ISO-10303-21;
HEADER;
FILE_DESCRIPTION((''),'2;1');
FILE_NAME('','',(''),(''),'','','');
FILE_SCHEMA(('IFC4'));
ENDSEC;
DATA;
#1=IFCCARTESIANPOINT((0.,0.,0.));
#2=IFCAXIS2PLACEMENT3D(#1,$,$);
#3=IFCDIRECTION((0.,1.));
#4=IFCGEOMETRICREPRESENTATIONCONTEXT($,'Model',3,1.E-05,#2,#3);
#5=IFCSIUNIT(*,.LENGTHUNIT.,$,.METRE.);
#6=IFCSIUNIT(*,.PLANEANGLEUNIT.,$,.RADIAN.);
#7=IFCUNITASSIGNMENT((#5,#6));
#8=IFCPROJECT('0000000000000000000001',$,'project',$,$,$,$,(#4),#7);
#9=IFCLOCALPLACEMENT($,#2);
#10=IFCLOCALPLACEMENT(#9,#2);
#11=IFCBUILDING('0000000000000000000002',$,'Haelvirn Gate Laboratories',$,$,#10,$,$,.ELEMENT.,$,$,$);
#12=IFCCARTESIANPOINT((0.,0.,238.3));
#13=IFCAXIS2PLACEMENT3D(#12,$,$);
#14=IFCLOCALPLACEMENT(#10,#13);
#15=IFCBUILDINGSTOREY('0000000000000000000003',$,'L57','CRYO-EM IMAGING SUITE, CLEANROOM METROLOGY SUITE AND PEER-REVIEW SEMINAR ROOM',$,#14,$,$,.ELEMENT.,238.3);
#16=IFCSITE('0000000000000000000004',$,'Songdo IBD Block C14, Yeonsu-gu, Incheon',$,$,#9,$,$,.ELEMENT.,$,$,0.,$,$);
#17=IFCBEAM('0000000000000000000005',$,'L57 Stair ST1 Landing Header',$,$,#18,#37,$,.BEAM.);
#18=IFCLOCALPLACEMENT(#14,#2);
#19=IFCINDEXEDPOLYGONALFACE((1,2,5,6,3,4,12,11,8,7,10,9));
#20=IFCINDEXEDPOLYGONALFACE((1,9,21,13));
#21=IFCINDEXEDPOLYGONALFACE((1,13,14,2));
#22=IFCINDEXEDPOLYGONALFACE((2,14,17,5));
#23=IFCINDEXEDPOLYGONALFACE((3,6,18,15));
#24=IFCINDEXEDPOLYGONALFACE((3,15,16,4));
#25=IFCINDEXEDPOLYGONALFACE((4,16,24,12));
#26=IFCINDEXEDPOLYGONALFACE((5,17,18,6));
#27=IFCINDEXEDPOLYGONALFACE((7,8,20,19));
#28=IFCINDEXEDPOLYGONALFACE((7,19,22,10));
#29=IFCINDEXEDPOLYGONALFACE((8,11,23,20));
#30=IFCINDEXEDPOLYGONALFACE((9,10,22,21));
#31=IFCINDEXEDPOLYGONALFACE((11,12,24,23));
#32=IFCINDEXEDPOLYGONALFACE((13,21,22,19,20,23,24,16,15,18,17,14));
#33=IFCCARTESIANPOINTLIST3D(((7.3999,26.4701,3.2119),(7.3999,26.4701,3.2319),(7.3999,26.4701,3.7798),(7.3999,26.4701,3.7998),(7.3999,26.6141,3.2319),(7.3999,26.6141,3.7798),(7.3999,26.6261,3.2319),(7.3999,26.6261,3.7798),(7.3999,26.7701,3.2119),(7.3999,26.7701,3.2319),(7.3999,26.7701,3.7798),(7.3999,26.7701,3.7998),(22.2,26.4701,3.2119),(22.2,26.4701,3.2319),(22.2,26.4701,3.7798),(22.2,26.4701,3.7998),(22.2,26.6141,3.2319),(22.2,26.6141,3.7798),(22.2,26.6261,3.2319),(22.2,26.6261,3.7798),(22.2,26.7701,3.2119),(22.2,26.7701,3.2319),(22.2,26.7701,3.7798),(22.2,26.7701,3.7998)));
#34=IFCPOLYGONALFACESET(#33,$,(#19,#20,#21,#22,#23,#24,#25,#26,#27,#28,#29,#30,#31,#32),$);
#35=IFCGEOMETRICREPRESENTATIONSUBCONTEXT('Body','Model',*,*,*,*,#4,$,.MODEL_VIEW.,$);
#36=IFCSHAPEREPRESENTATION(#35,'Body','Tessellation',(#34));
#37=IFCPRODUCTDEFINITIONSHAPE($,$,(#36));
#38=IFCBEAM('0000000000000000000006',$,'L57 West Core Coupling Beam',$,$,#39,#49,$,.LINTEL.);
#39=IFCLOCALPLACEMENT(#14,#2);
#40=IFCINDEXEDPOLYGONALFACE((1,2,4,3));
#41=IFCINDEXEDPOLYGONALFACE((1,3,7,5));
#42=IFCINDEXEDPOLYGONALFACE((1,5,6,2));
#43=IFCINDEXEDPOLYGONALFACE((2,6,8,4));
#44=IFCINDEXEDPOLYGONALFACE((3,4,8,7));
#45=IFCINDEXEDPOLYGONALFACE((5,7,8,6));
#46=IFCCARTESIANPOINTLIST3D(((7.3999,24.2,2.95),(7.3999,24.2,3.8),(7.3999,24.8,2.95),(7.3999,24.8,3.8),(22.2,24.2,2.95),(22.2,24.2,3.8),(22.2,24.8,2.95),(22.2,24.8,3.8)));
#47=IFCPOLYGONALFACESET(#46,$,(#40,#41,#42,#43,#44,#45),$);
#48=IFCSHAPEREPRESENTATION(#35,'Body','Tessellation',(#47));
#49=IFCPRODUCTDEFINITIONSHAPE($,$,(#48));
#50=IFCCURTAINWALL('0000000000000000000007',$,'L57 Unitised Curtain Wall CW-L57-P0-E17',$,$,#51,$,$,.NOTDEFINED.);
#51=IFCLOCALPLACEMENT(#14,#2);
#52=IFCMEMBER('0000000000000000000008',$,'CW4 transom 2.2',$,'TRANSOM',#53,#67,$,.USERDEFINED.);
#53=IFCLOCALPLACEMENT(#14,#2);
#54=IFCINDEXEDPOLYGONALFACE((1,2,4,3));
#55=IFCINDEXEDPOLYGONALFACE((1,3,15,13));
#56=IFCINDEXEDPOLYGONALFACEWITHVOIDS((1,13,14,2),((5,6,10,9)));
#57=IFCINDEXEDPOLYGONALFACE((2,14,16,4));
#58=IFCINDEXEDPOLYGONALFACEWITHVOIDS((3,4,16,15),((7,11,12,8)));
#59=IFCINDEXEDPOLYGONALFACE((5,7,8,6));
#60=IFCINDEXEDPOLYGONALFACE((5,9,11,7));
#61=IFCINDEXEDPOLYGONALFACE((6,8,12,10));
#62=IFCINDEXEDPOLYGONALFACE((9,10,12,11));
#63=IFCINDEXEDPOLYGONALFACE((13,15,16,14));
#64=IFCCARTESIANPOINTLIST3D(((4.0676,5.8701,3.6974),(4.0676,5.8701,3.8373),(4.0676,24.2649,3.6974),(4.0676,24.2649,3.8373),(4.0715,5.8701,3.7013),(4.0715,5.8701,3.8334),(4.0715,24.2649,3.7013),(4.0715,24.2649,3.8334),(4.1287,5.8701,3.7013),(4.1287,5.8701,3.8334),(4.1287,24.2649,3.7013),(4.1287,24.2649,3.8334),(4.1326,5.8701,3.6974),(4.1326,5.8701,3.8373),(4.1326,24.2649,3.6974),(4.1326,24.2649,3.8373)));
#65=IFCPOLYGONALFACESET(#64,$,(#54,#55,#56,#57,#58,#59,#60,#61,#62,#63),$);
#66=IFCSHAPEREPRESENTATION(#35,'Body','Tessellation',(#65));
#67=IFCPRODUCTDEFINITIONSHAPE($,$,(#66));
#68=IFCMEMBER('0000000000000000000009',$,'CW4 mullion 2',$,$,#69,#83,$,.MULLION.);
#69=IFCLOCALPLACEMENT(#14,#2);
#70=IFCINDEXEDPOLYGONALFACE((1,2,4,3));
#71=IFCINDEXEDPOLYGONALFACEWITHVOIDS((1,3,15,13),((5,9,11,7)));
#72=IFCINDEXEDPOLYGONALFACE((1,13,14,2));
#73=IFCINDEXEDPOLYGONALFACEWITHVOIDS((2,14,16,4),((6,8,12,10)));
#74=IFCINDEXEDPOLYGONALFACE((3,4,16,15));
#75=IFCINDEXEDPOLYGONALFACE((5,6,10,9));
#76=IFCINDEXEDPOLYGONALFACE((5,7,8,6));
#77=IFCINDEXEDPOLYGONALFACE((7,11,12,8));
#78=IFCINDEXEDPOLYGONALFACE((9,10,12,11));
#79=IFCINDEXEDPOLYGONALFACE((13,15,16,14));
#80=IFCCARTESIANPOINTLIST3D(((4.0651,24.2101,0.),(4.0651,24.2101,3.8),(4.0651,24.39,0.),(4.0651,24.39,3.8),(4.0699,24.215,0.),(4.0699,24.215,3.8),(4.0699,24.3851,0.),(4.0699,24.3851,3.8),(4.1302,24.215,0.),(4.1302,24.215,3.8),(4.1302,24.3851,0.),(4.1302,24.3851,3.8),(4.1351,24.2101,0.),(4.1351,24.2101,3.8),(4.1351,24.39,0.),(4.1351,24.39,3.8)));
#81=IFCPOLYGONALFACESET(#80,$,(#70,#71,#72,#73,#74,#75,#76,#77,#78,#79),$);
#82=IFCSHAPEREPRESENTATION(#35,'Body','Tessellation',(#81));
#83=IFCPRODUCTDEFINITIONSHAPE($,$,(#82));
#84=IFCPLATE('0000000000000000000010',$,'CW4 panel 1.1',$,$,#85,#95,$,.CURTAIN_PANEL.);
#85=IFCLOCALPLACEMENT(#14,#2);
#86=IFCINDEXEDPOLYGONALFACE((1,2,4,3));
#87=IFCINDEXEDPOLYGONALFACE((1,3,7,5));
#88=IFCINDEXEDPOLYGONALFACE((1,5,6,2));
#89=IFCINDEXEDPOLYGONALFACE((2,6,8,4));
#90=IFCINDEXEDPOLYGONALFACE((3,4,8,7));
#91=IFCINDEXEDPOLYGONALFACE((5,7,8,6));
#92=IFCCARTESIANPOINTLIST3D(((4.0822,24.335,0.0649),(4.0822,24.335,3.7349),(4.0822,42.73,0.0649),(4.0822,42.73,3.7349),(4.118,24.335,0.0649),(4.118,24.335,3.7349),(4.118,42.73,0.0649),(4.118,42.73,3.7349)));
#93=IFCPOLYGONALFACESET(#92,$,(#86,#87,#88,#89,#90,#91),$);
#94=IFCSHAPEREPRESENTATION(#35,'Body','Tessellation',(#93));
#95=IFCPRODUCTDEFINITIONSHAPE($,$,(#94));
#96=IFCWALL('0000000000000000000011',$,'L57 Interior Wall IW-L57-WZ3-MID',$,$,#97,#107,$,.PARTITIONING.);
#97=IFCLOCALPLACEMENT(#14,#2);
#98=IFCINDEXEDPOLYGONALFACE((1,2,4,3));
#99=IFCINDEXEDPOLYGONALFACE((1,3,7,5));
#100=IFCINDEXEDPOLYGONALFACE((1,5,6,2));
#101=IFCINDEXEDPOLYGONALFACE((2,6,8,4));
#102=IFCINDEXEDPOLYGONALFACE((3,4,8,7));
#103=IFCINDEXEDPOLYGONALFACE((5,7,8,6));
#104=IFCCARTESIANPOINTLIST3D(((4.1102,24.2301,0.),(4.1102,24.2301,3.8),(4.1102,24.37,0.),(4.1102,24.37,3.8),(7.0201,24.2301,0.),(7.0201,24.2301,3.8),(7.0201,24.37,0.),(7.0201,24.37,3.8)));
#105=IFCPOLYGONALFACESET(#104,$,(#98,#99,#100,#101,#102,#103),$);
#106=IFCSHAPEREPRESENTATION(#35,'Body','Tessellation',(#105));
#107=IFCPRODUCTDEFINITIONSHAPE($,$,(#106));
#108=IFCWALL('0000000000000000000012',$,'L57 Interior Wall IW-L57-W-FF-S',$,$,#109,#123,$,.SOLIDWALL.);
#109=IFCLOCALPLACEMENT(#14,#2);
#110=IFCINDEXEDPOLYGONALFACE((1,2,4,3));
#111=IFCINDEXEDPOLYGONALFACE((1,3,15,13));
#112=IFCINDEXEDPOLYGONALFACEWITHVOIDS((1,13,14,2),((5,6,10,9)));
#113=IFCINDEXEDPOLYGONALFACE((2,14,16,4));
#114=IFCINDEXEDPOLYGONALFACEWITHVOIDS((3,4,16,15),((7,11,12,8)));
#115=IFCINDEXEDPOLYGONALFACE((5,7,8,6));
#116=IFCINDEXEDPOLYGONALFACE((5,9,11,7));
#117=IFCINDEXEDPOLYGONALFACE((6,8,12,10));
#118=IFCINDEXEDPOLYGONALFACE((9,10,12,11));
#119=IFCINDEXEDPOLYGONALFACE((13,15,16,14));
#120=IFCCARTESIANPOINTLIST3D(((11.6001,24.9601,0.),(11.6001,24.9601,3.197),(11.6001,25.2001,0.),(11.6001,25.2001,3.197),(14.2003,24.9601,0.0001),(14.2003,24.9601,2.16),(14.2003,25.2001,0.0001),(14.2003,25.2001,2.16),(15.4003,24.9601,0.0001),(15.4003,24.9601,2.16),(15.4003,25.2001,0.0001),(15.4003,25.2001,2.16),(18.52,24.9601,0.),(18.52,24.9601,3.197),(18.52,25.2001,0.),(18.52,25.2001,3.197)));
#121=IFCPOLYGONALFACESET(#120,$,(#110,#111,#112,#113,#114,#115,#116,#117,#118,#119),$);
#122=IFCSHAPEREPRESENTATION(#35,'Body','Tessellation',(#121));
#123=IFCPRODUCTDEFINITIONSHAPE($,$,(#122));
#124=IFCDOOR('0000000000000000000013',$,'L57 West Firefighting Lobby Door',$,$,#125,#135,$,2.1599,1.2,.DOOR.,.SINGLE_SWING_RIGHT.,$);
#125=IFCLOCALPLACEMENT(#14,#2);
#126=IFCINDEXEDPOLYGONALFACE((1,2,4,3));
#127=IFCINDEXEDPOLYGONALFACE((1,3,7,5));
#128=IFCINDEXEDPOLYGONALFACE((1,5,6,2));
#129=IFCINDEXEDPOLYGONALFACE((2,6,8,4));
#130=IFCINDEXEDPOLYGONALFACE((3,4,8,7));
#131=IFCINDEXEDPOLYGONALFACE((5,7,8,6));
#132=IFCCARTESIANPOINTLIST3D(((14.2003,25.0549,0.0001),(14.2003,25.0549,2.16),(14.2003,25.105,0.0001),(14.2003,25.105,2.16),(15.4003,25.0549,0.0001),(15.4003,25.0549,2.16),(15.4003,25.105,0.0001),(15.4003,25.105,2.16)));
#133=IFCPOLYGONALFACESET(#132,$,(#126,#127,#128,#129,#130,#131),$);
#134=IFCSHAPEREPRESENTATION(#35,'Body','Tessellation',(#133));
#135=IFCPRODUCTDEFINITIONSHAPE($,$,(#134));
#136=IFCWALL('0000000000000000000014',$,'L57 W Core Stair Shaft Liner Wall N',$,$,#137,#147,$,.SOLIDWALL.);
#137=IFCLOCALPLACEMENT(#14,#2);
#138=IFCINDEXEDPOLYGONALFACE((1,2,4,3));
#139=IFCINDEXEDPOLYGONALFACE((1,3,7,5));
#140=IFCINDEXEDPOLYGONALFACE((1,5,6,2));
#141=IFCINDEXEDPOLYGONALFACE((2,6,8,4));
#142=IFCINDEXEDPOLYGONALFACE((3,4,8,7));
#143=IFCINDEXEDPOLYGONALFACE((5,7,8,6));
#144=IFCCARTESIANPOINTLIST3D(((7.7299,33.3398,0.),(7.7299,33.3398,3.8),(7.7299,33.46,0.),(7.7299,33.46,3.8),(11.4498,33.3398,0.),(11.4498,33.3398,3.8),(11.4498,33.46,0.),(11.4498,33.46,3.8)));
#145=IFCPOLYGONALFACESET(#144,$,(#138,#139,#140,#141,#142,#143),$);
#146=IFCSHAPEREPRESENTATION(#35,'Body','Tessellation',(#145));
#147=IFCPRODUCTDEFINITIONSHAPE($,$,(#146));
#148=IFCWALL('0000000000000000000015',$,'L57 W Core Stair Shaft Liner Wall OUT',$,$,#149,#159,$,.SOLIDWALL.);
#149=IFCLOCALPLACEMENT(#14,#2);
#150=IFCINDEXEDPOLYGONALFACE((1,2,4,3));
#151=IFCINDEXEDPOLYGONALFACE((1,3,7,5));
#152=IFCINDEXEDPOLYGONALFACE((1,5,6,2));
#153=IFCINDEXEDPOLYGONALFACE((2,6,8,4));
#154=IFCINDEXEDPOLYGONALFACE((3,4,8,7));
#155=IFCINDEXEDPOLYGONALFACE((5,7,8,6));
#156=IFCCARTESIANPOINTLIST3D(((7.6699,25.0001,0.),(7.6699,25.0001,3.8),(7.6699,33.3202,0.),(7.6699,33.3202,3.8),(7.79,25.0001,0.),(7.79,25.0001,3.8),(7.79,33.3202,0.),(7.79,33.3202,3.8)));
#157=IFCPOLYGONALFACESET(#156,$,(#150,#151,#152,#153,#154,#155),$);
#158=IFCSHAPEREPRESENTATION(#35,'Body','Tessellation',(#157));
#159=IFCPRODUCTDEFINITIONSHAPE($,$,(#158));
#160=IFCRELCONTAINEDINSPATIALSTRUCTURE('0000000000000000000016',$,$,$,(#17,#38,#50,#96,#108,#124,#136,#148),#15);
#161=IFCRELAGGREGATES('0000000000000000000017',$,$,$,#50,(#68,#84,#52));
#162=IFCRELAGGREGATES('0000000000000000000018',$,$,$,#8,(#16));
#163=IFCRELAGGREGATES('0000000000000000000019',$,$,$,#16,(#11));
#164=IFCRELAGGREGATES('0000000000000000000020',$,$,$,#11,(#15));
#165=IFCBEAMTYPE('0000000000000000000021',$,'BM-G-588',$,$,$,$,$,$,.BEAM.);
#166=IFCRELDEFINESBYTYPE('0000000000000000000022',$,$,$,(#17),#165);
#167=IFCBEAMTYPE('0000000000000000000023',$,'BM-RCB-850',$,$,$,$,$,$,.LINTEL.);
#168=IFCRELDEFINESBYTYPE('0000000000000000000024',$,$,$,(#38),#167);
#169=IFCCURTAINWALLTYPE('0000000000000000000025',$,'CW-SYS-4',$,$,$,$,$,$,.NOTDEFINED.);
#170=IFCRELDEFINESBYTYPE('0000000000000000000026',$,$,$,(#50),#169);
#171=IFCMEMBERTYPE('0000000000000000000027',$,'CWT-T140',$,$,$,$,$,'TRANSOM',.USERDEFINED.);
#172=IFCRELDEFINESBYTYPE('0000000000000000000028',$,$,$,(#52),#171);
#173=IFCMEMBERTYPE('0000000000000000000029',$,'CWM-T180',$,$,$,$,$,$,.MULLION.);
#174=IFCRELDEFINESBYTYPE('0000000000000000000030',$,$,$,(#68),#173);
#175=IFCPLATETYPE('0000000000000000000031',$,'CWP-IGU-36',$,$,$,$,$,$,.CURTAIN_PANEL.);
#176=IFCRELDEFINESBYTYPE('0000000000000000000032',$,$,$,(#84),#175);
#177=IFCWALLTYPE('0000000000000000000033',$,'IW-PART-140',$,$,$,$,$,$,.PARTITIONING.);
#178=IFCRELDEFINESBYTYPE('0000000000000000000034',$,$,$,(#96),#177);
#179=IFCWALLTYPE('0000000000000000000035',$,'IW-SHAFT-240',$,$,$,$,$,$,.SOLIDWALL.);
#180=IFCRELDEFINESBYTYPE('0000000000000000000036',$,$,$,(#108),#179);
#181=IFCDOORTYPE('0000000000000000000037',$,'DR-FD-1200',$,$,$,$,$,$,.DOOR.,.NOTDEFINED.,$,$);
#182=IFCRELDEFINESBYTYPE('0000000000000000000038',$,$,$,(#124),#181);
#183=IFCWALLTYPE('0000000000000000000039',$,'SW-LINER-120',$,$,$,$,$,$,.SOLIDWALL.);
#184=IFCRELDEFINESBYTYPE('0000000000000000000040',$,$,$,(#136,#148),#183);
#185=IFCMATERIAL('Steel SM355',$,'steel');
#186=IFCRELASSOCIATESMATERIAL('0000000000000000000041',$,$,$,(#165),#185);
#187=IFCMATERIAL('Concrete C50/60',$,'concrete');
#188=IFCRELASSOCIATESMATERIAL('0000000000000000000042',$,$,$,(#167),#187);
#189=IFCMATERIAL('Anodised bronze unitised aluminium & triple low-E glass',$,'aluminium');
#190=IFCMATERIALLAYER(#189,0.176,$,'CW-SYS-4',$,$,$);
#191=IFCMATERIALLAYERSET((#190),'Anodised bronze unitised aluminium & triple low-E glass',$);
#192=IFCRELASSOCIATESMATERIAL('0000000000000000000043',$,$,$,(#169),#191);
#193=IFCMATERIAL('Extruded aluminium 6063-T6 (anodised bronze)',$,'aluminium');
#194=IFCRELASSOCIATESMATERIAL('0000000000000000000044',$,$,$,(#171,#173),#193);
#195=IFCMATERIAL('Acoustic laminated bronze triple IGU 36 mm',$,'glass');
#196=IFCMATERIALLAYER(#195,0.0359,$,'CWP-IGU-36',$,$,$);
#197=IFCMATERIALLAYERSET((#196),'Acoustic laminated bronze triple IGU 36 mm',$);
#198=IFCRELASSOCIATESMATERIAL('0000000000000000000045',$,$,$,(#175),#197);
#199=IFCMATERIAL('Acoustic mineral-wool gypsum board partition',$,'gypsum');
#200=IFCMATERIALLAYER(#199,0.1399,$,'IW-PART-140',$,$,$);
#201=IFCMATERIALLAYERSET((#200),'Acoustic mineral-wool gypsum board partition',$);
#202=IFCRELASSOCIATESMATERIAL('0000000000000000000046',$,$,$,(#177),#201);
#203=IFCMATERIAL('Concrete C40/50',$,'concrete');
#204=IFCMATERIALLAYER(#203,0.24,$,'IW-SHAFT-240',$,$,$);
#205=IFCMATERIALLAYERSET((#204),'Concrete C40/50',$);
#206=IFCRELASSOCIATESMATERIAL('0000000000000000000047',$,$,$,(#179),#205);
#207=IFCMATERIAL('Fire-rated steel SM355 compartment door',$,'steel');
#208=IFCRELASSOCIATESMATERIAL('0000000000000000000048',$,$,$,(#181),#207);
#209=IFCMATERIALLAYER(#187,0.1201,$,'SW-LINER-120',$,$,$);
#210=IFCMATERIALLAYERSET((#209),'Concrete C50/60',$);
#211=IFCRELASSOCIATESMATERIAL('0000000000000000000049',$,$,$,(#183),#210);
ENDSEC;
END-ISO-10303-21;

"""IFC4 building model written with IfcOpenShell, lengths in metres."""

from ifc_helpers import new_model, si_unit, direction, frame, frame_2d, origin, origin_2d, place, context, subcontext, project, spatial, rectangle, hollow_rectangle, i_section, extrude, source, transform, mapped, material, layer, layer_set, material_profile, profile_set, type_object, type_shapes, element, fill, aggregate, save


model = new_model("IFC4")

# Units and contexts
model_context = context("Model", 3, precision=1e-05, world=origin(), true_north=direction((0.0, 1.0)))
body_context = subcontext(model_context, "Body", "Model", "MODEL_VIEW")
ifc_project = project(units=[si_unit("LENGTHUNIT", "METRE"), si_unit("PLANEANGLEUNIT", "RADIAN")], contexts=[model_context])

# Site, building, storey
site_placement = place(None, origin())
site = spatial("IfcSite", under=ifc_project, at=site_placement, Name="Songdo IBD Block C14, Yeonsu-gu, Incheon", CompositionType="ELEMENT", RefElevation=0.0)
building_placement = place(site_placement, origin())
building = spatial("IfcBuilding", under=site, at=building_placement, Name="Haelvirn Gate Laboratories", CompositionType="ELEMENT")
storey_placement = place(building_placement, frame((0.0, 0.0, 238.3)))
storey = spatial("IfcBuildingStorey", under=building, at=storey_placement, Name="L57", Description="CRYO-EM IMAGING SUITE, CLEANROOM METROLOGY SUITE AND PEER-REVIEW SEMINAR ROOM", CompositionType="ELEMENT", Elevation=238.3)

# Beams
ifc_material_1 = material(Name="Steel SM355", Category="steel")
ifc_material_profile_1 = material_profile(ifc_material_1, i_section(OverallWidth=0.3, OverallDepth=0.5879, WebThickness=0.012, FlangeThickness=0.02, at=origin_2d()), Name="H-588x300x12x20")
ifc_profile_set_1 = profile_set([ifc_material_profile_1], Name="Steel SM355")
beam_type_1 = type_object("IfcBeamType", Name="BM-G-588", PredefinedType="BEAM", material=ifc_profile_set_1)
shared_shape_1 = source(origin(), body_context, "Body", "SweptSolid", [
    extrude(i_section(OverallWidth=0.3, OverallDepth=0.5879, WebThickness=0.012, FlangeThickness=0.02, at=origin_2d()), origin(), (0.0, 0.0, 1.0), 14.8),
])
type_shapes(beam_type_1, [shared_shape_1])
beam_1_placement = place(storey_placement, frame((7.3999, 26.6201, 3.5059), z_axis=(1.0, 0.0, 0.0), x_axis=(0.0, 1.0, 0.0)))
element("IfcBeam", 1, at=beam_1_placement, inside=storey, type_object=beam_type_1, Name="L57 Stair ST1 Landing Header", PredefinedType="BEAM", context=body_context, shape_type="MappedRepresentation", body=[
    mapped(shared_shape_1, transform((0.0, 0.0, 0.0), scale=1.0)),
])
ifc_material_2 = material(Name="Concrete C50/60", Category="concrete")
ifc_material_profile_2 = material_profile(ifc_material_2, rectangle(XDim=0.6001, YDim=0.8501, at=origin_2d()), Name="RCB-600x850")
ifc_profile_set_2 = profile_set([ifc_material_profile_2], Name="Concrete C50/60")
beam_type_2 = type_object("IfcBeamType", Name="BM-RCB-850", PredefinedType="LINTEL", material=ifc_profile_set_2)
shared_shape_2 = source(origin(), body_context, "Body", "SweptSolid", [
    extrude(rectangle(XDim=0.6001, YDim=0.8501, at=origin_2d()), origin(), (0.0, 0.0, 1.0), 14.8),
])
type_shapes(beam_type_2, [shared_shape_2])
beam_2_placement = place(storey_placement, frame((7.3999, 24.5, 3.375), z_axis=(1.0, 0.0, 0.0), x_axis=(0.0, 1.0, 0.0)))
element("IfcBeam", 2, at=beam_2_placement, inside=storey, type_object=beam_type_2, Name="L57 West Core Coupling Beam", PredefinedType="LINTEL", context=body_context, shape_type="MappedRepresentation", body=[
    mapped(shared_shape_2, transform((0.0, 0.0, 0.0), scale=1.0)),
])

# Curtain wall, members, plate
ifc_material_3 = material(Name="Anodised bronze unitised aluminium & triple low-E glass", Category="aluminium")
ifc_layer_1 = layer(ifc_material_3, 0.176, Name="CW-SYS-4")
ifc_layer_set_1 = layer_set([ifc_layer_1], Name="Anodised bronze unitised aluminium & triple low-E glass")
curtain_wall_type = type_object("IfcCurtainWallType", Name="CW-SYS-4", PredefinedType="NOTDEFINED", material=ifc_layer_set_1)
curtain_wall_placement = place(storey_placement, origin())
curtain_wall = element("IfcCurtainWall", 3, at=curtain_wall_placement, inside=storey, type_object=curtain_wall_type, Name="L57 Unitised Curtain Wall CW-L57-P0-E17", PredefinedType="NOTDEFINED")
ifc_material_4 = material(Name="Extruded aluminium 6063-T6 (anodised bronze)", Category="aluminium")
ifc_material_profile_3 = material_profile(ifc_material_4, hollow_rectangle(XDim=0.0649, YDim=0.1399, WallThickness=0.0039, at=origin_2d()), Name="CWT-140x65x4")
ifc_profile_set_3 = profile_set([ifc_material_profile_3], Name="Extruded aluminium 6063-T6 (anodised bronze)")
member_type_1 = type_object("IfcMemberType", Name="CWT-T140", ElementType="TRANSOM", PredefinedType="USERDEFINED", material=ifc_profile_set_3)
shared_shape_3 = source(origin(), body_context, "Body", "SweptSolid", [
    extrude(hollow_rectangle(XDim=0.0649, YDim=0.1399, WallThickness=0.0039, at=origin_2d()), origin(), (0.0, 0.0, 1.0), 18.3948),
])
type_shapes(member_type_1, [shared_shape_3])
member_1_placement = place(storey_placement, frame((4.1001, 24.2649, 3.7673), z_axis=(0.0, -1.0, 0.0), x_axis=(1.0, 0.0, 0.0)))
member_1 = element("IfcMember", 4, at=member_1_placement, type_object=member_type_1, Name="CW4 transom 2.2", ObjectType="TRANSOM", PredefinedType="USERDEFINED", context=body_context, shape_type="MappedRepresentation", body=[
    mapped(shared_shape_3, transform((0.0, 0.0, 0.0), scale=1.0)),
])
ifc_material_profile_4 = material_profile(ifc_material_4, hollow_rectangle(XDim=0.0701, YDim=0.1799, WallThickness=0.0049, at=origin_2d()), Name="CWM-180x70x5")
ifc_profile_set_4 = profile_set([ifc_material_profile_4], Name="Extruded aluminium 6063-T6 (anodised bronze)")
member_type_2 = type_object("IfcMemberType", Name="CWM-T180", PredefinedType="MULLION", material=ifc_profile_set_4)
shared_shape_4 = source(origin(), body_context, "Body", "SweptSolid", [
    extrude(hollow_rectangle(XDim=0.0701, YDim=0.1799, WallThickness=0.0049, at=origin_2d()), origin(), (0.0, 0.0, 1.0), 3.8),
])
type_shapes(member_type_2, [shared_shape_4])
member_2_placement = place(storey_placement, frame((4.1001, 24.3, 0.0), z_axis=(0.0, 0.0, 1.0), x_axis=(1.0, 0.0, 0.0)))
member_2 = element("IfcMember", 5, at=member_2_placement, type_object=member_type_2, Name="CW4 mullion 2", PredefinedType="MULLION", context=body_context, shape_type="MappedRepresentation", body=[
    mapped(shared_shape_4, transform((0.0, 0.0, 0.0), scale=1.0)),
])
ifc_material_5 = material(Name="Acoustic laminated bronze triple IGU 36 mm", Category="glass")
ifc_layer_2 = layer(ifc_material_5, 0.0359, Name="CWP-IGU-36")
ifc_layer_set_2 = layer_set([ifc_layer_2], Name="Acoustic laminated bronze triple IGU 36 mm")
plate_type = type_object("IfcPlateType", Name="CWP-IGU-36", PredefinedType="CURTAIN_PANEL", material=ifc_layer_set_2)
shared_shape_5 = source(origin(), body_context, "Body", "SweptSolid", [
    extrude(rectangle(XDim=18.395, YDim=0.0359, at=origin_2d()), origin(), (0.0, 0.0, 1.0), 3.6699),
])
type_shapes(plate_type, [shared_shape_5])
plate_placement = place(storey_placement, frame((4.1001, 33.5325, 0.0649), z_axis=(0.0, 0.0, 1.0), x_axis=(0.0, -1.0, 0.0)))
plate = element("IfcPlate", 6, at=plate_placement, type_object=plate_type, Name="CW4 panel 1.1", PredefinedType="CURTAIN_PANEL", context=body_context, shape_type="MappedRepresentation", body=[
    mapped(shared_shape_5, transform((0.0, 0.0, 0.0), scale=1.0)),
])
aggregate(curtain_wall, [member_2, plate, member_1])

# Wall
ifc_material_6 = material(Name="Acoustic mineral-wool gypsum board partition", Category="gypsum")
ifc_layer_3 = layer(ifc_material_6, 0.1399, Name="IW-PART-140")
ifc_layer_set_3 = layer_set([ifc_layer_3], Name="Acoustic mineral-wool gypsum board partition")
wall_type_1 = type_object("IfcWallType", Name="IW-PART-140", PredefinedType="PARTITIONING", material=ifc_layer_set_3)
wall_1_placement = place(storey_placement, frame((4.1101, 24.3, 0.0), z_axis=(0.0, 0.0, 1.0), x_axis=(1.0, 0.0, 0.0)))
element("IfcWall", 7, at=wall_1_placement, inside=storey, type_object=wall_type_1, Name="L57 Interior Wall IW-L57-WZ3-MID", PredefinedType="PARTITIONING", context=body_context, shape_type="SweptSolid", body=[
    extrude(rectangle(XDim=2.9099, YDim=0.1399, at=frame_2d((1.4551, 0.0))), origin(), (0.0, 0.0, 1.0), 3.8),
])

# Wall, opening, door
ifc_material_7 = material(Name="Concrete C40/50", Category="concrete")
ifc_layer_4 = layer(ifc_material_7, 0.24, Name="IW-SHAFT-240")
ifc_layer_set_4 = layer_set([ifc_layer_4], Name="Concrete C40/50")
wall_type_2 = type_object("IfcWallType", Name="IW-SHAFT-240", PredefinedType="SOLIDWALL", material=ifc_layer_set_4)
wall_2_placement = place(storey_placement, frame((11.6001, 25.0801, 0.0), z_axis=(0.0, 0.0, 1.0), x_axis=(1.0, 0.0, 0.0)))
wall_2 = element("IfcWall", 8, at=wall_2_placement, inside=storey, type_object=wall_type_2, Name="L57 Interior Wall IW-L57-W-FF-S", PredefinedType="SOLIDWALL", context=body_context, shape_type="SweptSolid", body=[
    extrude(rectangle(XDim=6.9199, YDim=0.24, at=frame_2d((3.46, 0.0))), origin(), (0.0, 0.0, 1.0), 3.197),
])
opening_1_placement = place(wall_2_placement, frame((2.6001, 0.0, 0.0)))
opening_1 = element("IfcOpeningElement", 9, at=opening_1_placement, cuts=wall_2, PredefinedType="OPENING", context=body_context, shape_type="SweptSolid", body=[
    extrude(rectangle(XDim=1.2, YDim=2.1599, at=frame_2d((0.6001, 1.0801))), frame((0.0, 0.1299, 0.0), z_axis=(0.0, -1.0, 0.0), x_axis=(1.0, 0.0, 0.0)), (0.0, 0.0, 1.0), 0.26),
])
ifc_material_8 = material(Name="Fire-rated steel SM355 compartment door", Category="steel")
door_type_1 = type_object("IfcDoorType", Name="DR-FD-1200", OperationType="NOTDEFINED", PredefinedType="DOOR", material=ifc_material_8)
shared_shape_6 = source(origin(), body_context, "Body", "SweptSolid", [
    extrude(rectangle(XDim=1.2, YDim=2.1599, at=frame_2d((0.6001, 1.0801))), frame((0.0, 0.0249, 0.0), z_axis=(0.0, -1.0, 0.0), x_axis=(1.0, 0.0, 0.0)), (0.0, 0.0, 1.0), 0.05),
])
type_shapes(door_type_1, [shared_shape_6])
door_1_placement = place(opening_1_placement, origin())
door_1 = element("IfcDoor", 10, at=door_1_placement, inside=storey, type_object=door_type_1, Name="L57 West Firefighting Lobby Door", OperationType="SINGLE_SWING_RIGHT", OverallHeight=2.1599, OverallWidth=1.2, PredefinedType="DOOR", context=body_context, shape_type="MappedRepresentation", body=[
    mapped(shared_shape_6, transform((0.0, 0.0, 0.0), scale=1.0)),
])
fill(opening_1, door_1)

# Walls
ifc_layer_5 = layer(ifc_material_2, 0.1201, Name="SW-LINER-120")
ifc_layer_set_5 = layer_set([ifc_layer_5], Name="Concrete C50/60")
wall_type_3 = type_object("IfcWallType", Name="SW-LINER-120", PredefinedType="SOLIDWALL", material=ifc_layer_set_5)
wall_3_placement = place(storey_placement, frame((7.73, 33.3999, 0.0), z_axis=(0.0, 0.0, 1.0), x_axis=(1.0, 0.0, 0.0)))
element("IfcWall", 11, at=wall_3_placement, inside=storey, type_object=wall_type_3, Name="L57 W Core Stair Shaft Liner Wall N", PredefinedType="SOLIDWALL", context=body_context, shape_type="SweptSolid", body=[
    extrude(rectangle(XDim=3.72, YDim=0.1201, at=frame_2d((1.8599, 0.0))), origin(), (0.0, 0.0, 1.0), 3.8),
])
wall_4_placement = place(storey_placement, frame((7.73, 25.0, 0.0), z_axis=(0.0, 0.0, 1.0), x_axis=(0.0, 1.0, 0.0)))
element("IfcWall", 12, at=wall_4_placement, inside=storey, type_object=wall_type_3, Name="L57 W Core Stair Shaft Liner Wall OUT", PredefinedType="SOLIDWALL", context=body_context, shape_type="SweptSolid", body=[
    extrude(rectangle(XDim=8.3201, YDim=0.1201, at=frame_2d((4.1602, 0.0))), origin(), (0.0, 0.0, 1.0), 3.8),
])

save(model, "model.ifc")
